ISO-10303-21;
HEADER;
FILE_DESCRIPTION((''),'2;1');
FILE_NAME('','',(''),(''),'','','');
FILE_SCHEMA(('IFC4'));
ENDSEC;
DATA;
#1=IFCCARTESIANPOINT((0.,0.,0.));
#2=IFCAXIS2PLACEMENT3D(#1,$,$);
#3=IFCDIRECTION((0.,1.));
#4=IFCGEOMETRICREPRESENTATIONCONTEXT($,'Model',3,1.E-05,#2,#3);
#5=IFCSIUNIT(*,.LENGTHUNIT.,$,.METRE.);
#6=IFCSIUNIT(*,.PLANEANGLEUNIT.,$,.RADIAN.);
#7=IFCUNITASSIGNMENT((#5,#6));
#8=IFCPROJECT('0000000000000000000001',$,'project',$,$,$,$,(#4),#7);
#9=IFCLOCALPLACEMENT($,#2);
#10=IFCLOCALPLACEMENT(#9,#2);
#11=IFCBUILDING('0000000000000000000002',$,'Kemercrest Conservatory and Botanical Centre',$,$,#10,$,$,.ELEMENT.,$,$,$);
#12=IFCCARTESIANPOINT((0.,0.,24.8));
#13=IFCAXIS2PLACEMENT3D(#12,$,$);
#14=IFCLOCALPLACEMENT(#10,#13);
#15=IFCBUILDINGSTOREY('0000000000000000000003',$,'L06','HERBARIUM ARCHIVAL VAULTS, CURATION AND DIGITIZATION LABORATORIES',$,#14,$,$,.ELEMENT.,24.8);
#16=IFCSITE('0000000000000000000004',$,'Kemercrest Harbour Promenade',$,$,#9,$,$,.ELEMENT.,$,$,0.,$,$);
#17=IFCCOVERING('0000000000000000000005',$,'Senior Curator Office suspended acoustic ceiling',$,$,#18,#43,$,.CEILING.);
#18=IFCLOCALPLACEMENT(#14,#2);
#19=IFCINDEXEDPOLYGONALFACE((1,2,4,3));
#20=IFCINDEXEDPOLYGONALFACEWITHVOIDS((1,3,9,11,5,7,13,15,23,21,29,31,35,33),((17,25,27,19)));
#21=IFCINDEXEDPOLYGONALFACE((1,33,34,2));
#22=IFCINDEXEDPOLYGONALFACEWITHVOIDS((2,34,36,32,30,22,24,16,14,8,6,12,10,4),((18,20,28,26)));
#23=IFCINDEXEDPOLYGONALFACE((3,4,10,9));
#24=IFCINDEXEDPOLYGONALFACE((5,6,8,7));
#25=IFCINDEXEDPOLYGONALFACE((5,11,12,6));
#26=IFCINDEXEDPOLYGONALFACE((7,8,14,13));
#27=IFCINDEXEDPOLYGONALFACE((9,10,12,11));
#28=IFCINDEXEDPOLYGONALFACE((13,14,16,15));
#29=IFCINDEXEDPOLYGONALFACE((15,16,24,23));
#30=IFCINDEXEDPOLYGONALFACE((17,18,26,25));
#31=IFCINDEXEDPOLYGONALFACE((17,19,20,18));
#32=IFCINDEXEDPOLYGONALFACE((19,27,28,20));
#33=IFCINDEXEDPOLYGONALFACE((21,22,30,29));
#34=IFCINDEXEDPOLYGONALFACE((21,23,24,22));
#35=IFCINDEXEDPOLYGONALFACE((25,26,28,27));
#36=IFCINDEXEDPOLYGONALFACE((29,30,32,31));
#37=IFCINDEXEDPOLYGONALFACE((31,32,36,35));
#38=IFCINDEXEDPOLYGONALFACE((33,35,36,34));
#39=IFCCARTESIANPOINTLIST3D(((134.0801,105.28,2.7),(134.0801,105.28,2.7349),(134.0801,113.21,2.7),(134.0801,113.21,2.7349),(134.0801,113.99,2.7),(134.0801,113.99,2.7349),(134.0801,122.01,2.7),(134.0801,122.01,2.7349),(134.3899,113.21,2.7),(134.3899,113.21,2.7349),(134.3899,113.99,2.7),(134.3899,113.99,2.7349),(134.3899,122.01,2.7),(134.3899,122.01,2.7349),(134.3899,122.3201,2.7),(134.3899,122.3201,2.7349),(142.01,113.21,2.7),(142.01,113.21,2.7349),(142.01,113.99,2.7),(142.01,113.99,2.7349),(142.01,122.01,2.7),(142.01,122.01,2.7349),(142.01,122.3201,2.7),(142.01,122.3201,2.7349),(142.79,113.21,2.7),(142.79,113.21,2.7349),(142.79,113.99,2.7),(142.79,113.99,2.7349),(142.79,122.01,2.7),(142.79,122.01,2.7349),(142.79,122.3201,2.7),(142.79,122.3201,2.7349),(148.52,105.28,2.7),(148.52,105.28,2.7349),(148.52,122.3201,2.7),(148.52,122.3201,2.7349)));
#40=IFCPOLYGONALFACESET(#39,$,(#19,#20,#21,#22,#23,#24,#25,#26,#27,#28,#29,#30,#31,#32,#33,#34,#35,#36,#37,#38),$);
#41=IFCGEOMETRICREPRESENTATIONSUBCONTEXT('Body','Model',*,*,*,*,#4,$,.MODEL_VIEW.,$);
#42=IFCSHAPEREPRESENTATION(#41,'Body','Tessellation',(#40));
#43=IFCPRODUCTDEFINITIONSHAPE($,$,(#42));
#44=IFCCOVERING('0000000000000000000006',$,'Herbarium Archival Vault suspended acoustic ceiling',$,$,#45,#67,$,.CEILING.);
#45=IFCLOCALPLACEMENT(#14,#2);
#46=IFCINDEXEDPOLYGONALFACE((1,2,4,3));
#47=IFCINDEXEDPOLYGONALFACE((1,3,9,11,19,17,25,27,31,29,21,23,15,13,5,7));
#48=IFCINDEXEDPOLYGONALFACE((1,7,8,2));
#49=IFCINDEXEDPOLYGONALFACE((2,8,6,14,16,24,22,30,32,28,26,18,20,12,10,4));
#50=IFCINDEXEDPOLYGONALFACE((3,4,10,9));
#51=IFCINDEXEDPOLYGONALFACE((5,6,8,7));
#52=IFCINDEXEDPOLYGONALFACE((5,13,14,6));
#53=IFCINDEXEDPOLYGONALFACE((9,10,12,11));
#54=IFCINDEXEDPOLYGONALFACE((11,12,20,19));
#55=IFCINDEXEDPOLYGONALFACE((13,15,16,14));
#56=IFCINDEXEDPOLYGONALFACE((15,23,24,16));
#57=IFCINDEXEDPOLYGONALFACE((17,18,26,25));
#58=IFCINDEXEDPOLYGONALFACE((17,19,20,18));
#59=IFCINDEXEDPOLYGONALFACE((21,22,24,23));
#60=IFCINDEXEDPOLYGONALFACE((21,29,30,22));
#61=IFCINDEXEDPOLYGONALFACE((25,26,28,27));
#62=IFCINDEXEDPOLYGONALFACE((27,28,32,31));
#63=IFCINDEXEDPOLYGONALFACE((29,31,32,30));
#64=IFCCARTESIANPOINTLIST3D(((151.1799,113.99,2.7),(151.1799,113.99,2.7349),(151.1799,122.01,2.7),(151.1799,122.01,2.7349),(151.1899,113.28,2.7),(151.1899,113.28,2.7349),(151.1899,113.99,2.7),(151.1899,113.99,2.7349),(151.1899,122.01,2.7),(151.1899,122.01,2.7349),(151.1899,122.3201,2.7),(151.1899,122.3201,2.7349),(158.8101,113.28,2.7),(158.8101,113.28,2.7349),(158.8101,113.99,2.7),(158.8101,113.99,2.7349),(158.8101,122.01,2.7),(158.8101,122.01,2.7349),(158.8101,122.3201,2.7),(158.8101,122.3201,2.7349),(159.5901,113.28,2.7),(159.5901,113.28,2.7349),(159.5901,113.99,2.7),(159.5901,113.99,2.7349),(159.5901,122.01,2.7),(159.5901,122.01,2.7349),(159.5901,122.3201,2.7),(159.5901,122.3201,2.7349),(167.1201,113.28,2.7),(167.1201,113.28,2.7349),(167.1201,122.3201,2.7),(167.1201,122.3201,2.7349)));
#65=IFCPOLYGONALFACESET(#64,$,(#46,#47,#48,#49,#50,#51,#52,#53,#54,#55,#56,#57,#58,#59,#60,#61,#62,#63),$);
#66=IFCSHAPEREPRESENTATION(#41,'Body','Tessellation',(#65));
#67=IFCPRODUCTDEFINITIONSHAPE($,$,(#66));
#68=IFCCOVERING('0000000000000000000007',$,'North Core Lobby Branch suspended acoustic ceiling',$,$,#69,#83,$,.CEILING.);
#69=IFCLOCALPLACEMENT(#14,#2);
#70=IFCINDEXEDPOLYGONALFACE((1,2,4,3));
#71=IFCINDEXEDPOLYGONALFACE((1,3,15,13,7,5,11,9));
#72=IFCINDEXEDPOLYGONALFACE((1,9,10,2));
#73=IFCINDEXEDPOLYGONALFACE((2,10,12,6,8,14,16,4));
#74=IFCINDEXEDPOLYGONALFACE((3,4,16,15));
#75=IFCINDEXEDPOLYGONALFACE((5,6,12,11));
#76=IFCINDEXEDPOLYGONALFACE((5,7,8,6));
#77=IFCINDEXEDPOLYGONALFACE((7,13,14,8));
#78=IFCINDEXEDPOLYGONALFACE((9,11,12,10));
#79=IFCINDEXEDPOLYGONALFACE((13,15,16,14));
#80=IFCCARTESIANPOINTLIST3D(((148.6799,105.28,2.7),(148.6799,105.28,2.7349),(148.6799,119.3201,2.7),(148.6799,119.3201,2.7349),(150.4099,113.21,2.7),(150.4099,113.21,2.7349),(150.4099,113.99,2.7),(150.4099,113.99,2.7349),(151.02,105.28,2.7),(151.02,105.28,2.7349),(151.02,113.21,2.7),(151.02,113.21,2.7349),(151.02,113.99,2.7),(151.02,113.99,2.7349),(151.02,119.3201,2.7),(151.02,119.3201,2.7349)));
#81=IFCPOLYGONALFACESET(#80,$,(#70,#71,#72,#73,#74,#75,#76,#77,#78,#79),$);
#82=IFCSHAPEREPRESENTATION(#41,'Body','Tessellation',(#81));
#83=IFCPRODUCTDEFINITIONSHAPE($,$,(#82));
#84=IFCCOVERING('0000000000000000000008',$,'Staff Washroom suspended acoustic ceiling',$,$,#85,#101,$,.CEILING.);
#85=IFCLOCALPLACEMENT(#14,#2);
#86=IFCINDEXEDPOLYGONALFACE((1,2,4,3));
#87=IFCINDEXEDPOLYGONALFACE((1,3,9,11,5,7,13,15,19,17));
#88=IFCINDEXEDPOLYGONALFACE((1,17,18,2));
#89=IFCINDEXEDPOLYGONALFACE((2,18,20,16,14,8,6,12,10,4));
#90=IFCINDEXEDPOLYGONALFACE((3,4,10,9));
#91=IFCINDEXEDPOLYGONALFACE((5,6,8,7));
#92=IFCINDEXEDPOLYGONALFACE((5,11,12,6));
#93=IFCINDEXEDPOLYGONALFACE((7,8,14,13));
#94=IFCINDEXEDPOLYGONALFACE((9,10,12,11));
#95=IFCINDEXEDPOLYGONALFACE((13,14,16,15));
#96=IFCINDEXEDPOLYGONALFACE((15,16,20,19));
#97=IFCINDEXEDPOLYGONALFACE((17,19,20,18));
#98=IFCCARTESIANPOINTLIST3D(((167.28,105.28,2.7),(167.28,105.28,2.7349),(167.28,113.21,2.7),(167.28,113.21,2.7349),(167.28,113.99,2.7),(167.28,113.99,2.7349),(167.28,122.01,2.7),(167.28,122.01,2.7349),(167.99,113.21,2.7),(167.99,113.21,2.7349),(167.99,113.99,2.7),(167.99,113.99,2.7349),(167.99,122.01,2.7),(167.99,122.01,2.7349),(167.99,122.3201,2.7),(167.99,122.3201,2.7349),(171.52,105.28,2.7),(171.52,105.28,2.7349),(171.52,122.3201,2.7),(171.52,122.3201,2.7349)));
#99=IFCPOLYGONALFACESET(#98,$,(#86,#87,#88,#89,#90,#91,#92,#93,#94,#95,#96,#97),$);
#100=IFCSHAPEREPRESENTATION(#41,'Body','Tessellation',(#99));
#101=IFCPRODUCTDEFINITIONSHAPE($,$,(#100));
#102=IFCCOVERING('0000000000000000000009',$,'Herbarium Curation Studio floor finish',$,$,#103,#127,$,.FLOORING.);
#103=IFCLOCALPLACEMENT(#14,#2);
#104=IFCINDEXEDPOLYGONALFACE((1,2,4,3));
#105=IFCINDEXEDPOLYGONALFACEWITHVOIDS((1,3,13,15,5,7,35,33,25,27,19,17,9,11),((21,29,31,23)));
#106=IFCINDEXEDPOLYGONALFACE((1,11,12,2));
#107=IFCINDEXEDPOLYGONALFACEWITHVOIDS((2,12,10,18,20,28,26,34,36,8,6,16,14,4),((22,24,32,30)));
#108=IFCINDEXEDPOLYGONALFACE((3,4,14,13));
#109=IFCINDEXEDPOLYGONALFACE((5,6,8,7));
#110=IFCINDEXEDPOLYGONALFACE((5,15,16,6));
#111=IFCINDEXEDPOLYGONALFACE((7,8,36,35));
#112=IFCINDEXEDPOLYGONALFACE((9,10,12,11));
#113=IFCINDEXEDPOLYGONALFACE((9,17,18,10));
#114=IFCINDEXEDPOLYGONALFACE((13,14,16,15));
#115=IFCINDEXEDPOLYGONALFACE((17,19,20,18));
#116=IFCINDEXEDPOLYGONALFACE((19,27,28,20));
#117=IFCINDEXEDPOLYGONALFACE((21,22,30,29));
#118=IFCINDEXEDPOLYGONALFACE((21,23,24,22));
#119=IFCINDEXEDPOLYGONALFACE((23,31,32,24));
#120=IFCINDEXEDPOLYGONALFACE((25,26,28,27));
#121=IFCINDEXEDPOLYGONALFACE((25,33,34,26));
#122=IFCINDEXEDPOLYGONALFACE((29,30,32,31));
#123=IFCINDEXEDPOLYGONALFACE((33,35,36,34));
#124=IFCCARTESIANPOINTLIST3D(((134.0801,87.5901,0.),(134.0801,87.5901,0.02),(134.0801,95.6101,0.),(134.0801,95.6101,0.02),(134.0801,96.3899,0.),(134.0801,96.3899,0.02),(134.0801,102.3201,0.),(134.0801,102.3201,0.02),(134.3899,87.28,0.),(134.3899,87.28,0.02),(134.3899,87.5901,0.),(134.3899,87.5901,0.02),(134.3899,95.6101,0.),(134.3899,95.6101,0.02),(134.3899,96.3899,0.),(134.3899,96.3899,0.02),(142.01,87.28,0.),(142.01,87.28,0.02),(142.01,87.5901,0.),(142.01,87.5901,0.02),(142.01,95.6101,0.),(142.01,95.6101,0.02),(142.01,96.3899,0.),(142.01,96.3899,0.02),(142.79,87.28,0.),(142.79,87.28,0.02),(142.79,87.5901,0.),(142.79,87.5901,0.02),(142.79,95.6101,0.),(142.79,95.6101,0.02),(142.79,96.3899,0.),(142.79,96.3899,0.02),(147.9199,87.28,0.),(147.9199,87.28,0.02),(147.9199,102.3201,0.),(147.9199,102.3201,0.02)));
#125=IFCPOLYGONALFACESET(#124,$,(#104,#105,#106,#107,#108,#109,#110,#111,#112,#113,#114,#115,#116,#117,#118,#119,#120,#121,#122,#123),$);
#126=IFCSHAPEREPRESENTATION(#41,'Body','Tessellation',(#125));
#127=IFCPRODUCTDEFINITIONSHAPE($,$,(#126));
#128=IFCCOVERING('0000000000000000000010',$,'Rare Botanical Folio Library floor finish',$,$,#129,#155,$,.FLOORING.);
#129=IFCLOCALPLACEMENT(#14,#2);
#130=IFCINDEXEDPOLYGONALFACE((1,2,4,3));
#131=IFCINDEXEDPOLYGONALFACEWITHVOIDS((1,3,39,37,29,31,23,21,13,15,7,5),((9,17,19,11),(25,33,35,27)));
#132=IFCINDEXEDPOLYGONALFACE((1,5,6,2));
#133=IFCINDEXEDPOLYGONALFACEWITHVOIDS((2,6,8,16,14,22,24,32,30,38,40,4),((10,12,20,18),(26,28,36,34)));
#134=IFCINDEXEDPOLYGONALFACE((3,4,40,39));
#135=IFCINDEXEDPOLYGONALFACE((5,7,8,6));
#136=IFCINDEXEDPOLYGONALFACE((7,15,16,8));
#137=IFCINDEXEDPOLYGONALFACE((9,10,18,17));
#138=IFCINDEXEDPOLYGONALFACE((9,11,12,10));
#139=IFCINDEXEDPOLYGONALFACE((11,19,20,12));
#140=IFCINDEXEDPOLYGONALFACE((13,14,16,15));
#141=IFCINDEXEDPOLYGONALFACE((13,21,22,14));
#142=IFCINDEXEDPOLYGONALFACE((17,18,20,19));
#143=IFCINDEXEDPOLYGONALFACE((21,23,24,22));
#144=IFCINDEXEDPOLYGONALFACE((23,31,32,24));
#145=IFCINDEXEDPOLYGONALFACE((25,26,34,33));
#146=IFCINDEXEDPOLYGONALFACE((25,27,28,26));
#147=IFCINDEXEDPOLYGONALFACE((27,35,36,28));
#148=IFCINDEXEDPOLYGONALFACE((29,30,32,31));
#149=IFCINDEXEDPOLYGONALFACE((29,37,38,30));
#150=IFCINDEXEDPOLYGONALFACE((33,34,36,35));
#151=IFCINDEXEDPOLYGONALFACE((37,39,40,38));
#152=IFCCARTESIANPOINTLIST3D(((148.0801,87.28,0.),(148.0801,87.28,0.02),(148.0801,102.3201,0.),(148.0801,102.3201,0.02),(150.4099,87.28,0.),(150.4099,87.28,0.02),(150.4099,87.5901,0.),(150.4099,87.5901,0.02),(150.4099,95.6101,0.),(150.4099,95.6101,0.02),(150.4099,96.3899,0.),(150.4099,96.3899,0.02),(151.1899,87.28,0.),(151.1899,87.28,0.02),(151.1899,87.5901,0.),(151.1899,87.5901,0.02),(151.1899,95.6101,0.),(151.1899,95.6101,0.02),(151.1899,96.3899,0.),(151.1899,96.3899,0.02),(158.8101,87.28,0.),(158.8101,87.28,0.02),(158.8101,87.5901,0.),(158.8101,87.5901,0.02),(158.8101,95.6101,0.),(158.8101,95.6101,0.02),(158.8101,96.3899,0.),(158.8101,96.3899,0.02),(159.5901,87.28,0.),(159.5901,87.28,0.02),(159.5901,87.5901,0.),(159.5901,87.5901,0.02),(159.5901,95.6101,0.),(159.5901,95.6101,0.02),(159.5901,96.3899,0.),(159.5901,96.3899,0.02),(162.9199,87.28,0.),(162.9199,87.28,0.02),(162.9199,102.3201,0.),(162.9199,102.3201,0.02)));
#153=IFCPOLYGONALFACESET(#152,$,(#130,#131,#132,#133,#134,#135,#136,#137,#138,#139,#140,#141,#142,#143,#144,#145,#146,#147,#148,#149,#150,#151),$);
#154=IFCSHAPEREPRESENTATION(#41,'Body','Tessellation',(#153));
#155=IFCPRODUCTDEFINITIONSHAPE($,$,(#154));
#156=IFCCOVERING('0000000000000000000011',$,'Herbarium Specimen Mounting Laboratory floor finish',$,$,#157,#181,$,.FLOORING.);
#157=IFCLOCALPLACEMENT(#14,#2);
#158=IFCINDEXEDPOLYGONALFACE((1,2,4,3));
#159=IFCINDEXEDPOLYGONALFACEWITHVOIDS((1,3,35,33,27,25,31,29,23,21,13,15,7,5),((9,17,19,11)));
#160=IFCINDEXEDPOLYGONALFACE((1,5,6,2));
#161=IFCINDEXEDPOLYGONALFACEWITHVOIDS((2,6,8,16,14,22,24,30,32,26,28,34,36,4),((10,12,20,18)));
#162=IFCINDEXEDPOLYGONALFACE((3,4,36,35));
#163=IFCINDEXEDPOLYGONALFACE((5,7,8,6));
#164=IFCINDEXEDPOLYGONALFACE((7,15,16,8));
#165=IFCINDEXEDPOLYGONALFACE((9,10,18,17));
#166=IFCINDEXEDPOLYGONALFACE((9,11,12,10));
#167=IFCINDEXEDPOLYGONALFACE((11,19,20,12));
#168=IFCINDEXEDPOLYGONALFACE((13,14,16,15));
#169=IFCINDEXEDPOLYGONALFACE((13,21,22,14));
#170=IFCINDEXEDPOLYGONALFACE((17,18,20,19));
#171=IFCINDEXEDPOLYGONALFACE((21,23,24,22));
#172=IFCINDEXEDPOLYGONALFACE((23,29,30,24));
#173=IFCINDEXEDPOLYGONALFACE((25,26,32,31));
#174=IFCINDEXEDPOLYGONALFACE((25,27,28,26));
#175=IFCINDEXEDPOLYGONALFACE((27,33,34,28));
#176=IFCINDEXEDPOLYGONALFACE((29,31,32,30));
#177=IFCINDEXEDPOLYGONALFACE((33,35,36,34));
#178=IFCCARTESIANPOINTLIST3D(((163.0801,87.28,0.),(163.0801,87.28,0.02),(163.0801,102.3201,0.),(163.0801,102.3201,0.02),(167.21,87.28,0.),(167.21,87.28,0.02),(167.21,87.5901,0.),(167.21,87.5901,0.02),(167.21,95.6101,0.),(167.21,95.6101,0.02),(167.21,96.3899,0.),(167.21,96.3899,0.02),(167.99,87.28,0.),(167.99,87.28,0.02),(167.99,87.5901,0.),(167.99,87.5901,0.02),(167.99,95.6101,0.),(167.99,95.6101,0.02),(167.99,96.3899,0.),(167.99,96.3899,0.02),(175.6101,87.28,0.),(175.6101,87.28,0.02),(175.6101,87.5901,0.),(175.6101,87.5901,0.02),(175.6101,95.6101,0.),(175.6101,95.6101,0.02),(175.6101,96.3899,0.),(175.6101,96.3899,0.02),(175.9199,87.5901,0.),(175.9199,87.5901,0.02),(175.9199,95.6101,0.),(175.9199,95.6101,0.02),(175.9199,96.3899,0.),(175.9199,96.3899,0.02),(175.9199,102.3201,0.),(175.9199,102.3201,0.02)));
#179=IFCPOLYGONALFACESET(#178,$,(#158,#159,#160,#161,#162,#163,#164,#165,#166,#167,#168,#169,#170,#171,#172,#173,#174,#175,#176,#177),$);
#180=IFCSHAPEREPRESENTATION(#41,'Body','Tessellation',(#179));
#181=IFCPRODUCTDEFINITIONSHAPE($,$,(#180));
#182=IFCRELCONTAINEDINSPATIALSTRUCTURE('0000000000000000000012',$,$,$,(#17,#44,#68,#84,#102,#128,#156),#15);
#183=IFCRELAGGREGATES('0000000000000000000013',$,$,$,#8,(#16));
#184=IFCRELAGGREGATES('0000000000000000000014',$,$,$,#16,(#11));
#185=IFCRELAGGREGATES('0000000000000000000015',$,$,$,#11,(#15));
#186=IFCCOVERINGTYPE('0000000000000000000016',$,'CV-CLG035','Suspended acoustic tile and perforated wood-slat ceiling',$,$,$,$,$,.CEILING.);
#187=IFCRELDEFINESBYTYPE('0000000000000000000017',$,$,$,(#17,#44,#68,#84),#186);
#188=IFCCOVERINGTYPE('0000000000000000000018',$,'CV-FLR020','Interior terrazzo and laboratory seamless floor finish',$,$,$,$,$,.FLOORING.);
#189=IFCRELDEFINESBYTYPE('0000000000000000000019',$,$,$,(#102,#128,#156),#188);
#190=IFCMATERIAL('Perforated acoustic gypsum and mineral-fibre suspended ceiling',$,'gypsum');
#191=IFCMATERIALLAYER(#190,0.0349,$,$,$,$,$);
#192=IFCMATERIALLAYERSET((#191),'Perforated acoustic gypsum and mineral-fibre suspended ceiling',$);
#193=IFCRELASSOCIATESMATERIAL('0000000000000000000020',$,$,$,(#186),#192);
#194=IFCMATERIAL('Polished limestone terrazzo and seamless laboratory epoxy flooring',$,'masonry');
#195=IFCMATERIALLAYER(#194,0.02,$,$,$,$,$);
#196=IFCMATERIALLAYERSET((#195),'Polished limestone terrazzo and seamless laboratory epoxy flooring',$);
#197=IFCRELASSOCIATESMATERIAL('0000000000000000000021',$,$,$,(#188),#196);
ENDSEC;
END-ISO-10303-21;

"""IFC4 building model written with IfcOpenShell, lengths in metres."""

from ifc_helpers import new_model, si_unit, direction, frame, origin, place, context, subcontext, project, spatial, polyline, outline, extrude, material, layer, layer_set, type_object, element, save


model = new_model("IFC4")

# Units and contexts
model_context = context("Model", 3, precision=1e-05, world=origin(), true_north=direction((0.0, 1.0)))
body_context = subcontext(model_context, "Body", "Model", "MODEL_VIEW")
ifc_project = project(units=[si_unit("LENGTHUNIT", "METRE"), si_unit("PLANEANGLEUNIT", "RADIAN")], contexts=[model_context])

# Site, building, storey
site_placement = place(None, origin())
site = spatial("IfcSite", under=ifc_project, at=site_placement, Name="Kemercrest Harbour Promenade", CompositionType="ELEMENT", RefElevation=0.0)
building_placement = place(site_placement, origin())
building = spatial("IfcBuilding", under=site, at=building_placement, Name="Kemercrest Conservatory and Botanical Centre", CompositionType="ELEMENT")
storey_placement = place(building_placement, frame((0.0, 0.0, 24.8)))
storey = spatial("IfcBuildingStorey", under=building, at=storey_placement, Name="L06", Description="HERBARIUM ARCHIVAL VAULTS, CURATION AND DIGITIZATION LABORATORIES", CompositionType="ELEMENT", Elevation=24.8)

# Coverings
ifc_material_1 = material(Name="Perforated acoustic gypsum and mineral-fibre suspended ceiling", Category="gypsum")
ifc_layer_1 = layer(ifc_material_1, 0.0349)
ifc_layer_set_1 = layer_set([ifc_layer_1], Name="Perforated acoustic gypsum and mineral-fibre suspended ceiling")
covering_type_1 = type_object("IfcCoveringType", Name="CV-CLG035", Description="Suspended acoustic tile and perforated wood-slat ceiling", PredefinedType="CEILING", material=ifc_layer_set_1)
covering_1_placement = place(storey_placement, frame((0.0, 0.0, 2.7)))
element("IfcCovering", 1, at=covering_1_placement, inside=storey, type_object=covering_type_1, Name="Senior Curator Office suspended acoustic ceiling", PredefinedType="CEILING", context=body_context, shape_type="SweptSolid", body=[
    extrude(outline(polyline([(134.3899, 113.21), (134.0801, 113.21), (134.0801, 105.28), (148.52, 105.28), (148.52, 122.3201), (142.79, 122.3201), (142.79, 122.01), (142.01, 122.01), (142.01, 122.3201), (134.3899, 122.3201), (134.3899, 122.01), (134.0801, 122.01), (134.0801, 113.99), (134.3899, 113.99), (134.3899, 113.21)]), holes=[polyline([(142.01, 113.99), (142.79, 113.99), (142.79, 113.21), (142.01, 113.21), (142.01, 113.99)])]), origin(), (0.0, 0.0, 1.0), 0.0349),
])
covering_2_placement = place(storey_placement, frame((0.0, 0.0, 2.7)))
element("IfcCovering", 2, at=covering_2_placement, inside=storey, type_object=covering_type_1, Name="Herbarium Archival Vault suspended acoustic ceiling", PredefinedType="CEILING", context=body_context, shape_type="SweptSolid", body=[
    extrude(outline(polyline([(159.5901, 113.28), (167.1201, 113.28), (167.1201, 122.3201), (159.5901, 122.3201), (159.5901, 122.01), (158.8101, 122.01), (158.8101, 122.3201), (151.1899, 122.3201), (151.1899, 122.01), (151.1799, 122.01), (151.1799, 113.99), (151.1899, 113.99), (151.1899, 113.28), (158.8101, 113.28), (158.8101, 113.99), (159.5901, 113.99), (159.5901, 113.28)])), origin(), (0.0, 0.0, 1.0), 0.0349),
])
covering_3_placement = place(storey_placement, frame((0.0, 0.0, 2.7)))
element("IfcCovering", 3, at=covering_3_placement, inside=storey, type_object=covering_type_1, Name="North Core Lobby Branch suspended acoustic ceiling", PredefinedType="CEILING", context=body_context, shape_type="SweptSolid", body=[
    extrude(outline(polyline([(148.6799, 105.28), (151.02, 105.28), (151.02, 113.21), (150.4099, 113.21), (150.4099, 113.99), (151.02, 113.99), (151.02, 119.3201), (148.6799, 119.3201), (148.6799, 105.28)])), origin(), (0.0, 0.0, 1.0), 0.0349),
])
covering_4_placement = place(storey_placement, frame((0.0, 0.0, 2.7)))
element("IfcCovering", 4, at=covering_4_placement, inside=storey, type_object=covering_type_1, Name="Staff Washroom suspended acoustic ceiling", PredefinedType="CEILING", context=body_context, shape_type="SweptSolid", body=[
    extrude(outline(polyline([(167.28, 105.28), (171.52, 105.28), (171.52, 122.3201), (167.99, 122.3201), (167.99, 122.01), (167.28, 122.01), (167.28, 113.99), (167.99, 113.99), (167.99, 113.21), (167.28, 113.21), (167.28, 105.28)])), origin(), (0.0, 0.0, 1.0), 0.0349),
])
ifc_material_2 = material(Name="Polished limestone terrazzo and seamless laboratory epoxy flooring", Category="masonry")
ifc_layer_2 = layer(ifc_material_2, 0.02)
ifc_layer_set_2 = layer_set([ifc_layer_2], Name="Polished limestone terrazzo and seamless laboratory epoxy flooring")
covering_type_2 = type_object("IfcCoveringType", Name="CV-FLR020", Description="Interior terrazzo and laboratory seamless floor finish", PredefinedType="FLOORING", material=ifc_layer_set_2)
covering_5_placement = place(storey_placement, origin())
element("IfcCovering", 5, at=covering_5_placement, inside=storey, type_object=covering_type_2, Name="Herbarium Curation Studio floor finish", PredefinedType="FLOORING", context=body_context, shape_type="SweptSolid", body=[
    extrude(outline(polyline([(142.01, 87.5901), (142.79, 87.5901), (142.79, 87.28), (147.9199, 87.28), (147.9199, 102.3201), (134.0801, 102.3201), (134.0801, 96.3899), (134.3899, 96.3899), (134.3899, 95.6101), (134.0801, 95.6101), (134.0801, 87.5901), (134.3899, 87.5901), (134.3899, 87.28), (142.01, 87.28), (142.01, 87.5901)]), holes=[polyline([(142.01, 96.3899), (142.79, 96.3899), (142.79, 95.6101), (142.01, 95.6101), (142.01, 96.3899)])]), origin(), (0.0, 0.0, 1.0), 0.02),
])
covering_6_placement = place(storey_placement, origin())
element("IfcCovering", 6, at=covering_6_placement, inside=storey, type_object=covering_type_2, Name="Rare Botanical Folio Library floor finish", PredefinedType="FLOORING", context=body_context, shape_type="SweptSolid", body=[
    extrude(outline(polyline([(158.8101, 87.5901), (159.5901, 87.5901), (159.5901, 87.28), (162.9199, 87.28), (162.9199, 102.3201), (148.0801, 102.3201), (148.0801, 87.28), (150.4099, 87.28), (150.4099, 87.5901), (151.1899, 87.5901), (151.1899, 87.28), (158.8101, 87.28), (158.8101, 87.5901)]), holes=[polyline([(158.8101, 96.3899), (159.5901, 96.3899), (159.5901, 95.6101), (158.8101, 95.6101), (158.8101, 96.3899)]), polyline([(150.4099, 96.3899), (151.1899, 96.3899), (151.1899, 95.6101), (150.4099, 95.6101), (150.4099, 96.3899)])]), origin(), (0.0, 0.0, 1.0), 0.02),
])
covering_7_placement = place(storey_placement, origin())
element("IfcCovering", 7, at=covering_7_placement, inside=storey, type_object=covering_type_2, Name="Herbarium Specimen Mounting Laboratory floor finish", PredefinedType="FLOORING", context=body_context, shape_type="SweptSolid", body=[
    extrude(outline(polyline([(167.21, 87.5901), (167.99, 87.5901), (167.99, 87.28), (175.6101, 87.28), (175.6101, 87.5901), (175.9199, 87.5901), (175.9199, 95.6101), (175.6101, 95.6101), (175.6101, 96.3899), (175.9199, 96.3899), (175.9199, 102.3201), (163.0801, 102.3201), (163.0801, 87.28), (167.21, 87.28), (167.21, 87.5901)]), holes=[polyline([(167.21, 96.3899), (167.99, 96.3899), (167.99, 95.6101), (167.21, 95.6101), (167.21, 96.3899)])]), origin(), (0.0, 0.0, 1.0), 0.02),
])

save(model, "model.ifc")
